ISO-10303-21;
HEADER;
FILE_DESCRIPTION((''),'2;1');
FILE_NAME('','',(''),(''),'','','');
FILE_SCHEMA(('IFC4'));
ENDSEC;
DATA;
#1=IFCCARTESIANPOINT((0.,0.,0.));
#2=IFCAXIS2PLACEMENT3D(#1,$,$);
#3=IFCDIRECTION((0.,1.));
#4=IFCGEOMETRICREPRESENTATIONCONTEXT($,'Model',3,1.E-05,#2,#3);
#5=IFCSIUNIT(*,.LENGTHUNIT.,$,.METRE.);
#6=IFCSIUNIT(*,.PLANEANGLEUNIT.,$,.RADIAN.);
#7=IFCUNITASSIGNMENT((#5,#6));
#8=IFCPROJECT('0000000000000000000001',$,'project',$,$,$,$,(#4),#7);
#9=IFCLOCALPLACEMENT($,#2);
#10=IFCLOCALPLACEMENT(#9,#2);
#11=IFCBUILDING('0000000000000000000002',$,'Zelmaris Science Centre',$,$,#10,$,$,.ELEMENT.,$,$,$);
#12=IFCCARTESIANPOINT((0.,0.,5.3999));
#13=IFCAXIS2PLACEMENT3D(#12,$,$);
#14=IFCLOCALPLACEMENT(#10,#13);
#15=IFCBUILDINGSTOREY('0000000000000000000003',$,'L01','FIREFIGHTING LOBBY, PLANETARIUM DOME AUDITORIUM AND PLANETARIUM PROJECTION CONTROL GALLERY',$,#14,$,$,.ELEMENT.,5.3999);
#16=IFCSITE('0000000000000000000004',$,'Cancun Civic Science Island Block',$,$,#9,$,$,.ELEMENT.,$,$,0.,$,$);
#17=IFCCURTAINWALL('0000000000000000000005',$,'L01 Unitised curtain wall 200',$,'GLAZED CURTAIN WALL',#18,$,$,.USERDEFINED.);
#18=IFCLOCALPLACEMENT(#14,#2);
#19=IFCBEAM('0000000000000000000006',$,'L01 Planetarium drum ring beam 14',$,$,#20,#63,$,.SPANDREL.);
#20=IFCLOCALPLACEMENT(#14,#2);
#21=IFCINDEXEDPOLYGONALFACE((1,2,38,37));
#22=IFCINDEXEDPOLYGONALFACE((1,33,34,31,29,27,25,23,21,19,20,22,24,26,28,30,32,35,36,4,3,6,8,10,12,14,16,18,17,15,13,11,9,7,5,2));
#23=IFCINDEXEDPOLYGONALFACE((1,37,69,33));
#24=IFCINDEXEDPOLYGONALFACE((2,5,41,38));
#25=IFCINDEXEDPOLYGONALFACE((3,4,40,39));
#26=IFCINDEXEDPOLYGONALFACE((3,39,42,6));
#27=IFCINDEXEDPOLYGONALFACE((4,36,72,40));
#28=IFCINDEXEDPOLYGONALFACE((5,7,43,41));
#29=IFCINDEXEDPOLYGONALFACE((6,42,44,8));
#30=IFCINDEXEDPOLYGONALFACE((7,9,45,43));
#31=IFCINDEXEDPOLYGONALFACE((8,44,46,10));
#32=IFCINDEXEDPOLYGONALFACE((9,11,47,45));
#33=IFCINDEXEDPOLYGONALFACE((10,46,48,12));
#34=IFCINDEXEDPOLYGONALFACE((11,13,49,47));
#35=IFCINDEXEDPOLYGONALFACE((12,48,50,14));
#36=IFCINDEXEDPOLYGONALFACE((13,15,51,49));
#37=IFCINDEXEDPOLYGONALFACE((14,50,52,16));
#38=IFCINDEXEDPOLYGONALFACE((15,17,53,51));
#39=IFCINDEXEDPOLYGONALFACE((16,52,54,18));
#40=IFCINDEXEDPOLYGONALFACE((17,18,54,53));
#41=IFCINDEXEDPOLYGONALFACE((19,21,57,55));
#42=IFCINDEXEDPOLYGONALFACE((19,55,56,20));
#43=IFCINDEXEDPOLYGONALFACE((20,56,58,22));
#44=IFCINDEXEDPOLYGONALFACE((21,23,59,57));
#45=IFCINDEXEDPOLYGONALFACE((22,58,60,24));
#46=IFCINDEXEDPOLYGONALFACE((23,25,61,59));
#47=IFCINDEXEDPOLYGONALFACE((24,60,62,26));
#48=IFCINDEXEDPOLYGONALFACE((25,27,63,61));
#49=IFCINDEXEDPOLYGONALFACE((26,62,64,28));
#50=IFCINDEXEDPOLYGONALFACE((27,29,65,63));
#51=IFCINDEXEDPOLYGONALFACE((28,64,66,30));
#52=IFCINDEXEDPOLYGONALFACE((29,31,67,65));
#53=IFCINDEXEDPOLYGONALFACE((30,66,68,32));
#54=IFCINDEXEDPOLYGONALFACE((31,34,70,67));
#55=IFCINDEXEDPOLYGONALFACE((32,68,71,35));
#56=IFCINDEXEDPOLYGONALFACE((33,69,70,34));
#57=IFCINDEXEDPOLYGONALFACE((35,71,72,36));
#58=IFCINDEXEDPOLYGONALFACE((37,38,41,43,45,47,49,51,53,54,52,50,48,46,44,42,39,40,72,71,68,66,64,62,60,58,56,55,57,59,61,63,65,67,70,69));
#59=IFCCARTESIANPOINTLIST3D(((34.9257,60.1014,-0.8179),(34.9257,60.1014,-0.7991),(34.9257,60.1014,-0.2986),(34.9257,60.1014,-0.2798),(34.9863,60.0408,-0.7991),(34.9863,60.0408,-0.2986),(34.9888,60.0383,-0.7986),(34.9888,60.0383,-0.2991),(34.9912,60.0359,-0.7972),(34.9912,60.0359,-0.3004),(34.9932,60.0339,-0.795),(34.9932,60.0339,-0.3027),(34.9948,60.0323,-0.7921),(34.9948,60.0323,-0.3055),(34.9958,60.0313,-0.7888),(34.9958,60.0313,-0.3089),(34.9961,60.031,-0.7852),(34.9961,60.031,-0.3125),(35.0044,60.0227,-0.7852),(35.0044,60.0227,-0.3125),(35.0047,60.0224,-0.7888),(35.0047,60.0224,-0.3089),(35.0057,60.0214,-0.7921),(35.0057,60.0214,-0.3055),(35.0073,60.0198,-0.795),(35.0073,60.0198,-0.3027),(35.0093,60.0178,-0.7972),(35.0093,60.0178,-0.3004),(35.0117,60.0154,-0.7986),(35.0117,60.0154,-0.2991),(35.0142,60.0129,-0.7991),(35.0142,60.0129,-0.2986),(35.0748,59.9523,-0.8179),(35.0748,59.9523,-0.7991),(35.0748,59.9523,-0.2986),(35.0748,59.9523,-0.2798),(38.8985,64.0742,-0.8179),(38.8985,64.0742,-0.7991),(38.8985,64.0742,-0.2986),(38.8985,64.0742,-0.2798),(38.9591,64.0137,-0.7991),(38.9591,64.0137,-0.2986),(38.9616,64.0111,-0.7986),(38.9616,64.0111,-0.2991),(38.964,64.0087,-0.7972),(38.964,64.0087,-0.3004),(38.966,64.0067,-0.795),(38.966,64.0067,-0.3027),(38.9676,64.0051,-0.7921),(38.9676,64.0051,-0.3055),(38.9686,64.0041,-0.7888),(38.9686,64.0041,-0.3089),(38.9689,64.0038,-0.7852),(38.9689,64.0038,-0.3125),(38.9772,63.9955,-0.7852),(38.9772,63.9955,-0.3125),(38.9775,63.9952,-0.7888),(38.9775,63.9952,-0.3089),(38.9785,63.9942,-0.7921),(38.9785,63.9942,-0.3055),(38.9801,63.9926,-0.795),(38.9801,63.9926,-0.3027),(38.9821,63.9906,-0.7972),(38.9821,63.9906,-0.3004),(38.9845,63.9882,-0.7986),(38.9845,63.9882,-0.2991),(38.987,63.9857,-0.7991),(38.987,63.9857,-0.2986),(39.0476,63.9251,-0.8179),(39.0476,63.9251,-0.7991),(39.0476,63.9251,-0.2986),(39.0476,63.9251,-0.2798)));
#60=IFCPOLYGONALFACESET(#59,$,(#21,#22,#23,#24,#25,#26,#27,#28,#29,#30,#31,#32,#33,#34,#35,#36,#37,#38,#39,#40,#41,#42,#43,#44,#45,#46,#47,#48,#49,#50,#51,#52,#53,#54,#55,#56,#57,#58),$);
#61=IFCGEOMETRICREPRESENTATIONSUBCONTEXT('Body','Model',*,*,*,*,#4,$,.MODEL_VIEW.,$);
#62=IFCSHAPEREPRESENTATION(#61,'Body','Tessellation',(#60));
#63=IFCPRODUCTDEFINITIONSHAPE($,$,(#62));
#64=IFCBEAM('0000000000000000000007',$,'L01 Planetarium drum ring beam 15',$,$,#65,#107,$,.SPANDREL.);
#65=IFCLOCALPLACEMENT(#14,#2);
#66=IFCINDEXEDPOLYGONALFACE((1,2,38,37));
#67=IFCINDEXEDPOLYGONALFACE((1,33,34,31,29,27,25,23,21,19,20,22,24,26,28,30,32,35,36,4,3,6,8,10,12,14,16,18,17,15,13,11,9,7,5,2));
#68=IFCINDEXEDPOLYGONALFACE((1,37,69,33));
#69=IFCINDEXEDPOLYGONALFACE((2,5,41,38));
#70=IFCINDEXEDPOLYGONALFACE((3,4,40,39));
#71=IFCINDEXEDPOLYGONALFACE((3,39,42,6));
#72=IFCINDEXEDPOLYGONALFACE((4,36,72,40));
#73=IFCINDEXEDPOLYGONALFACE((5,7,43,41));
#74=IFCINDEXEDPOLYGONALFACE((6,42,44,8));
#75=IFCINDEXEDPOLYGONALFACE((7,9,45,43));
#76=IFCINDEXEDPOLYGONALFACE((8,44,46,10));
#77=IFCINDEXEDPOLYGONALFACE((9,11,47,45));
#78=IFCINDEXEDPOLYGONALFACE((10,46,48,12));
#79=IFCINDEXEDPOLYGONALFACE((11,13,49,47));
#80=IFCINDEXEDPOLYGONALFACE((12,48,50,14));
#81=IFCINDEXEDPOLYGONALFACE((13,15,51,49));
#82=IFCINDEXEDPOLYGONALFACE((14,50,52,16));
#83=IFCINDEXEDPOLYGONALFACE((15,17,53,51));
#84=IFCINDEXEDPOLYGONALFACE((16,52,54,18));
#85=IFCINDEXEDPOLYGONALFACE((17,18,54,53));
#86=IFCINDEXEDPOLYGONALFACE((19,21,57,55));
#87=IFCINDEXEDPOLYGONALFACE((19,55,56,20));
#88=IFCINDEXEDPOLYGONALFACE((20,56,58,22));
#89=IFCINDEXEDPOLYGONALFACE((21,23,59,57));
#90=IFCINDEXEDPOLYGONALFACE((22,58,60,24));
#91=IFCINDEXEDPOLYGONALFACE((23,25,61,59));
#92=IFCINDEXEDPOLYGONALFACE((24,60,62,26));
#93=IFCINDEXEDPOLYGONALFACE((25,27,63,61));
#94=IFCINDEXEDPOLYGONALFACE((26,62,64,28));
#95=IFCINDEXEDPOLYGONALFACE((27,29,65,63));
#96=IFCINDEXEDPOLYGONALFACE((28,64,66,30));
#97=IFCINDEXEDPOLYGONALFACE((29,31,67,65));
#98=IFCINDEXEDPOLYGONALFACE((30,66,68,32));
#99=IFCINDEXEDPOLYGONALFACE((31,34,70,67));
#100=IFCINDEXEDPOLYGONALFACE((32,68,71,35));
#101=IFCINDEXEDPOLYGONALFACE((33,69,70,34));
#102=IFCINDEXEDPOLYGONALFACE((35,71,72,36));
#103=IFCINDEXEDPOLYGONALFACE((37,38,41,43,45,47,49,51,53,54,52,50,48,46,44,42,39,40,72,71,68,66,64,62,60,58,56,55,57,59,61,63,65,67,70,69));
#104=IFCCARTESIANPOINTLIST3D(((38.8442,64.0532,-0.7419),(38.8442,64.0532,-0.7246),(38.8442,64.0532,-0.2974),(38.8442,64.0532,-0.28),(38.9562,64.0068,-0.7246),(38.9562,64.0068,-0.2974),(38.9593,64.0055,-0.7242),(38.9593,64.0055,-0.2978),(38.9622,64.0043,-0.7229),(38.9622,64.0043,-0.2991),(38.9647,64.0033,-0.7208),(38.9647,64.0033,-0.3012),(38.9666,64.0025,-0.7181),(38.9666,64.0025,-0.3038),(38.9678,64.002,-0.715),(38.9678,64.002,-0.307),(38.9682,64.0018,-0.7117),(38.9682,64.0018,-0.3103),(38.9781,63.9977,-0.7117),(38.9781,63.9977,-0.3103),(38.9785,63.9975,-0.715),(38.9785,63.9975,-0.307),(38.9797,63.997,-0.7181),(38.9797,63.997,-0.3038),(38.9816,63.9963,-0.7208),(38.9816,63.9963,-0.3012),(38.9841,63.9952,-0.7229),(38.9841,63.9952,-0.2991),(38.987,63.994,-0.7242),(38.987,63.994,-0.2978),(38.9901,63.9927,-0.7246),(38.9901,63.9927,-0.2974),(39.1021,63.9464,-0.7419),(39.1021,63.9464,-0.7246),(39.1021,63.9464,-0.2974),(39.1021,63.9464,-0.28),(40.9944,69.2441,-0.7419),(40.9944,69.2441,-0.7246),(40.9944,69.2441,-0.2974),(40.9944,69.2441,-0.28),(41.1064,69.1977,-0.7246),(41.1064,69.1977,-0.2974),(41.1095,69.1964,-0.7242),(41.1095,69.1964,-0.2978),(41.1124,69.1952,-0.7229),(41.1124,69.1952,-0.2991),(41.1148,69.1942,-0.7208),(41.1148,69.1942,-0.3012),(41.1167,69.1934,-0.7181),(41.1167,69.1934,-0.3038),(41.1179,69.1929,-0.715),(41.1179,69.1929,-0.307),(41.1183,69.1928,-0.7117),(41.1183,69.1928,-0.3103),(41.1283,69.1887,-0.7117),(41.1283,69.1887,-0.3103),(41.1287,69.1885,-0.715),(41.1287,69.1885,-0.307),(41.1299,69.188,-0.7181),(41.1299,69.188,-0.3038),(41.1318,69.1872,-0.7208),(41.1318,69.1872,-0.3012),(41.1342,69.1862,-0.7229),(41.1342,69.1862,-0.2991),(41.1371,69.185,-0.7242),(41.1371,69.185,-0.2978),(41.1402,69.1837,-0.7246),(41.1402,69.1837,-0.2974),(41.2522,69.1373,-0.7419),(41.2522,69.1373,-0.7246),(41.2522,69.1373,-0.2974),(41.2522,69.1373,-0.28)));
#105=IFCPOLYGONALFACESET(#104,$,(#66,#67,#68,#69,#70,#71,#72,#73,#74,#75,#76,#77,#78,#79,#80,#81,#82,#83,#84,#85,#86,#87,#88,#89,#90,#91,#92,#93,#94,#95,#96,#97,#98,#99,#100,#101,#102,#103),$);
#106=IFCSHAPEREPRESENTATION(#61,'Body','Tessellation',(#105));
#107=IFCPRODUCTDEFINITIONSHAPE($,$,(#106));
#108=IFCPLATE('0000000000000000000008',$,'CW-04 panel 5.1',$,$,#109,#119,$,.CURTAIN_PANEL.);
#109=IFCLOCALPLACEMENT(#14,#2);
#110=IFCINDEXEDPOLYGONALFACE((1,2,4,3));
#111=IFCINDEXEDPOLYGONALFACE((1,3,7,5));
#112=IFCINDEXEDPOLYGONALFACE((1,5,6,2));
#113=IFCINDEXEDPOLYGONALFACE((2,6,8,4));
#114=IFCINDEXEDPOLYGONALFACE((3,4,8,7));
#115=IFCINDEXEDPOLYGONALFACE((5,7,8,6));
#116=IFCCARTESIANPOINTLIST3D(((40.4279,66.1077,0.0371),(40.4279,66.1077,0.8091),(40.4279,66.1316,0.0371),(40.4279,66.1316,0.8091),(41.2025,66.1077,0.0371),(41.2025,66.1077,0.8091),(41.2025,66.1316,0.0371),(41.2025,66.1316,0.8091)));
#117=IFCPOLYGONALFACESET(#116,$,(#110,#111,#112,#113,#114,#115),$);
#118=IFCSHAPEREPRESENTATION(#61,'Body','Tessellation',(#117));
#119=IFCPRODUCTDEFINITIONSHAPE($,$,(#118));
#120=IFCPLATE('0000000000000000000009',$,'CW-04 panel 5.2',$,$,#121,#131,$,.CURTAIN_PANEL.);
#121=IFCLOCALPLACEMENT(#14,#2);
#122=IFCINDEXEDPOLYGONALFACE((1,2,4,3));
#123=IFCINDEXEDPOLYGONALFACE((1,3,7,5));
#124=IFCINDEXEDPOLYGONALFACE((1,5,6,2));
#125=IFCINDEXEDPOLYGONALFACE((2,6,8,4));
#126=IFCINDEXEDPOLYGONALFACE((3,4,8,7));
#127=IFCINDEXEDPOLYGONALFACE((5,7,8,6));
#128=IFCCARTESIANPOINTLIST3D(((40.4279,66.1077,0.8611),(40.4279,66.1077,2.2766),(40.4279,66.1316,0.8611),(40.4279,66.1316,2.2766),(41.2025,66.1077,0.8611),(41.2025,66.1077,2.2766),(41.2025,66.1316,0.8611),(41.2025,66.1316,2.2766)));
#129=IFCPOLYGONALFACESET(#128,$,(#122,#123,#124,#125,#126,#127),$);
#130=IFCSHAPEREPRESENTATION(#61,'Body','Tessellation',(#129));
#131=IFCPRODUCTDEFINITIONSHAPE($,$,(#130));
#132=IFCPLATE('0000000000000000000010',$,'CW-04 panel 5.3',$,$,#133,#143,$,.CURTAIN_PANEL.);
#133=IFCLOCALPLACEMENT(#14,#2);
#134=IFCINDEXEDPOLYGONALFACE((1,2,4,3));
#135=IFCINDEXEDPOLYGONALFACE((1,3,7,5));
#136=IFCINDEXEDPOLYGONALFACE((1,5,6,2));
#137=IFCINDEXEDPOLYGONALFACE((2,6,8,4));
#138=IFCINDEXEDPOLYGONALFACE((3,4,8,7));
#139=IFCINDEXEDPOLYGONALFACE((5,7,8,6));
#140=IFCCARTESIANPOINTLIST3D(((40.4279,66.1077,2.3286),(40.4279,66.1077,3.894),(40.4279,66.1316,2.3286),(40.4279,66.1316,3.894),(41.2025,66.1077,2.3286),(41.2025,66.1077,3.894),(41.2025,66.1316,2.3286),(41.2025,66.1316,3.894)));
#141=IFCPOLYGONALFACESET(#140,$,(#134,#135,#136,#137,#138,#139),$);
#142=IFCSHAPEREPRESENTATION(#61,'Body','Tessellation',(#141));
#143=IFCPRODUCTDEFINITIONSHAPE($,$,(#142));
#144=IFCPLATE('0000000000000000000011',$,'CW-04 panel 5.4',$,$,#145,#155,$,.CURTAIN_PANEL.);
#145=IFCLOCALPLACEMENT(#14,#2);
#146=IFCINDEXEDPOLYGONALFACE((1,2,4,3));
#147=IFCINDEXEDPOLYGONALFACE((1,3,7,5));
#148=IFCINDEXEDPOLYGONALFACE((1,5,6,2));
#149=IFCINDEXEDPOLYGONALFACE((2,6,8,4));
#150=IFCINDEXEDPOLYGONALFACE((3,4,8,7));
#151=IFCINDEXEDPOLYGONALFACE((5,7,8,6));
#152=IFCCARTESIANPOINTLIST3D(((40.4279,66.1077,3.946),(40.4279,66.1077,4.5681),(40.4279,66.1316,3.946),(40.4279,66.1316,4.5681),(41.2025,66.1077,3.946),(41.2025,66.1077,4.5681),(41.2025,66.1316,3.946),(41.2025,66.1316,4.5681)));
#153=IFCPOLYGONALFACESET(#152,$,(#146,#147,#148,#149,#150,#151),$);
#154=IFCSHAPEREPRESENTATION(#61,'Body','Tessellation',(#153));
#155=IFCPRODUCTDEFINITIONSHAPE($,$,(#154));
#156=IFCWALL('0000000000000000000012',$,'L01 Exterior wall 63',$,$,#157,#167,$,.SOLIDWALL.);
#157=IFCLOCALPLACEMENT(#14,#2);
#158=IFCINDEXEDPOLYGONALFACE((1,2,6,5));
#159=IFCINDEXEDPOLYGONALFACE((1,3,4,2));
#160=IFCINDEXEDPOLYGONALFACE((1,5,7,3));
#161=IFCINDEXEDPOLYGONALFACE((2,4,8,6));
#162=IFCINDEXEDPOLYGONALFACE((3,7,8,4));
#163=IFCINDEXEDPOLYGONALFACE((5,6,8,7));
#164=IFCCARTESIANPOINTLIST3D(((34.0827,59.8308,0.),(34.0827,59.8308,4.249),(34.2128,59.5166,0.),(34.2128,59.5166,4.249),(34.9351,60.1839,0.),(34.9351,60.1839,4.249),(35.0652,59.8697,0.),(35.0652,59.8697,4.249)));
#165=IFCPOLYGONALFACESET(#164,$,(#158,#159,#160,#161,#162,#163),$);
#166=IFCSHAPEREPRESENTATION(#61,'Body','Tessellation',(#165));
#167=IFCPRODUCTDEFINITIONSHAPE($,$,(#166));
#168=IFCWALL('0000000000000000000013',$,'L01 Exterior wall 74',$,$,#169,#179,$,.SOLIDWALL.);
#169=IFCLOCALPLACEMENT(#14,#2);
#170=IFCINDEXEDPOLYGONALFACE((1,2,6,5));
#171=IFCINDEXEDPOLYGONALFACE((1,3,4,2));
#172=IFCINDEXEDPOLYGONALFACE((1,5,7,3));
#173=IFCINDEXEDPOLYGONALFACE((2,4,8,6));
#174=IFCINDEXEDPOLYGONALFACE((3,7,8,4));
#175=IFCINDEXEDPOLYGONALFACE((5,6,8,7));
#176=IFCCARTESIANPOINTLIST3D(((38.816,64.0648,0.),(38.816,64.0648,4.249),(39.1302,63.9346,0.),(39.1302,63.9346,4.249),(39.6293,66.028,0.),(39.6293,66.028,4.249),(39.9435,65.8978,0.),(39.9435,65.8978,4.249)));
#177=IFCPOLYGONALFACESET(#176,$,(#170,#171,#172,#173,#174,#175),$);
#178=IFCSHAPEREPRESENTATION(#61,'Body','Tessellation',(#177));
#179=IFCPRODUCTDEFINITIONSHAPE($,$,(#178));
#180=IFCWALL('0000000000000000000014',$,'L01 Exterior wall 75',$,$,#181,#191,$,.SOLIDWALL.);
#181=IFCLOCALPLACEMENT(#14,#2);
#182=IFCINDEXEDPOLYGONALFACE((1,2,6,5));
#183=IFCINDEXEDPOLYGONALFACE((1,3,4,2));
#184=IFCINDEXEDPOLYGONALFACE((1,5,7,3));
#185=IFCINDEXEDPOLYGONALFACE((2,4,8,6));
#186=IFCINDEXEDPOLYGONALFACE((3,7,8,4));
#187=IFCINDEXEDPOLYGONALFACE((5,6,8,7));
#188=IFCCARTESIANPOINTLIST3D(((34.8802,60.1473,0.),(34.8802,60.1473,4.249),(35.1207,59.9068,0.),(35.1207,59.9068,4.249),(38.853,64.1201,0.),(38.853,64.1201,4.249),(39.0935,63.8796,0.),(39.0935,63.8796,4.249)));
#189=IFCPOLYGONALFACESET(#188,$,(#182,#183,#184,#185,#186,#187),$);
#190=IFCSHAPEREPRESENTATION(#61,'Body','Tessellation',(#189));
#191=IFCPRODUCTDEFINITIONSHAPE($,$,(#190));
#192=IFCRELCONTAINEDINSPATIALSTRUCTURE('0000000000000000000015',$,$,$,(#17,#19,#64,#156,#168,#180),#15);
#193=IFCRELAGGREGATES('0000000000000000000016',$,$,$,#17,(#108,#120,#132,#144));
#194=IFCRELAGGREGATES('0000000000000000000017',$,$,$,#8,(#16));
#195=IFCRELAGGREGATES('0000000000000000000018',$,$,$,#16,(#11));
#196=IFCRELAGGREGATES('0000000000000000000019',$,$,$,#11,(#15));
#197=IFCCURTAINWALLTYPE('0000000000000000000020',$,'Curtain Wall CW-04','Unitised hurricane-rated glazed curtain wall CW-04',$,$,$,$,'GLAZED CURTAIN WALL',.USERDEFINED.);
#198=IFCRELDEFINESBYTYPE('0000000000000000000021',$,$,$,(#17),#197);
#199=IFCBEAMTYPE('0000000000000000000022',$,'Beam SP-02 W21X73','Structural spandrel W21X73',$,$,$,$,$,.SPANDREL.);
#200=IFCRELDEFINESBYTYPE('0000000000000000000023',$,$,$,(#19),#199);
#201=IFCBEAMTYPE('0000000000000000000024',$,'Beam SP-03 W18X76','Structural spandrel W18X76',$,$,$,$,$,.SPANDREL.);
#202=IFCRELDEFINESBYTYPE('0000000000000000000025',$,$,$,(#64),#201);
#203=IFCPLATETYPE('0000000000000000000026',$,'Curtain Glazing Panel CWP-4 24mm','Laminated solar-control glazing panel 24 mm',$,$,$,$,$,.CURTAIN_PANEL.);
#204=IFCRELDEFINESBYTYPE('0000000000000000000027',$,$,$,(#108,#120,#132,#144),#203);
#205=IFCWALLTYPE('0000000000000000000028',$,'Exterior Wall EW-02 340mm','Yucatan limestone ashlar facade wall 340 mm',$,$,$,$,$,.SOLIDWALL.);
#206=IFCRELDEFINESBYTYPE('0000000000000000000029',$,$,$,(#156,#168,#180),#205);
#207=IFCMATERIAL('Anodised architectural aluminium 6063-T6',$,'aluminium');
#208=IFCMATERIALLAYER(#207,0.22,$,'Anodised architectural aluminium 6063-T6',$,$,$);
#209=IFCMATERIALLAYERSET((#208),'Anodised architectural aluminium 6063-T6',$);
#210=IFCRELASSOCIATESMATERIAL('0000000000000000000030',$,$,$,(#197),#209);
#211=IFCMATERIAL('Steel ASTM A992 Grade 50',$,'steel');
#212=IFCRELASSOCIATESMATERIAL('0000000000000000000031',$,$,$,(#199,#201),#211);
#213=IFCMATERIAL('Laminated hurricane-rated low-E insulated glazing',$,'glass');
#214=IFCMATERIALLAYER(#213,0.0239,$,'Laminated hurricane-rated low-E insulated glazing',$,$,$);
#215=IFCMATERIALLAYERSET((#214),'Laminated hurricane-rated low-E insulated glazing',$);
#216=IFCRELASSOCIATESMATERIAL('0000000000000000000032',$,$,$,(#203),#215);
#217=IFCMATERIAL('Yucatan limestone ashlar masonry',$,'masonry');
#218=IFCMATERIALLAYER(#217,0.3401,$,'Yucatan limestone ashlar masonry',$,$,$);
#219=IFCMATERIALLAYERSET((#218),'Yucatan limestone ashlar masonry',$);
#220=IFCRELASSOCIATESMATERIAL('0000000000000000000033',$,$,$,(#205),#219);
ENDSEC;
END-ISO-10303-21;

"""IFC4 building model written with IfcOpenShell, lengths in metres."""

from ifc_helpers import new_model, si_unit, direction, frame, frame_2d, origin, origin_2d, place, context, subcontext, project, spatial, rectangle, i_section, extrude, material, layer, layer_set, material_profile, profile_set, type_object, element, aggregate, save


model = new_model("IFC4")

# Units and contexts
model_context = context("Model", 3, precision=1e-05, world=origin(), true_north=direction((0.0, 1.0)))
body_context = subcontext(model_context, "Body", "Model", "MODEL_VIEW")
ifc_project = project(units=[si_unit("LENGTHUNIT", "METRE"), si_unit("PLANEANGLEUNIT", "RADIAN")], contexts=[model_context])

# Site, building, storey
site_placement = place(None, origin())
site = spatial("IfcSite", under=ifc_project, at=site_placement, Name="Cancun Civic Science Island Block", CompositionType="ELEMENT", RefElevation=0.0)
building_placement = place(site_placement, origin())
building = spatial("IfcBuilding", under=site, at=building_placement, Name="Zelmaris Science Centre", CompositionType="ELEMENT")
storey_placement = place(building_placement, frame((0.0, 0.0, 5.3999)))
storey = spatial("IfcBuildingStorey", under=building, at=storey_placement, Name="L01", Description="FIREFIGHTING LOBBY, PLANETARIUM DOME AUDITORIUM AND PLANETARIUM PROJECTION CONTROL GALLERY", CompositionType="ELEMENT", Elevation=5.3999)

# Shared definitions
ifc_material_1 = material(Name="Steel ASTM A992 Grade 50", Category="steel")

# Curtain wall
ifc_material_2 = material(Name="Anodised architectural aluminium 6063-T6", Category="aluminium")
ifc_layer_1 = layer(ifc_material_2, 0.22, Name="Anodised architectural aluminium 6063-T6")
ifc_layer_set_1 = layer_set([ifc_layer_1], Name="Anodised architectural aluminium 6063-T6")
curtain_wall_type = type_object("IfcCurtainWallType", Name="Curtain Wall CW-04", Description="Unitised hurricane-rated glazed curtain wall CW-04", ElementType="GLAZED CURTAIN WALL", PredefinedType="USERDEFINED", material=ifc_layer_set_1)
curtain_wall_placement = place(storey_placement, origin())
curtain_wall = element("IfcCurtainWall", 1, at=curtain_wall_placement, inside=storey, type_object=curtain_wall_type, Name="L01 Unitised curtain wall 200", ObjectType="GLAZED CURTAIN WALL", PredefinedType="USERDEFINED")

# Beams
ifc_material_profile_1 = material_profile(ifc_material_1, i_section(OverallWidth=0.2109, OverallDepth=0.5381, WebThickness=0.0117, FlangeThickness=0.0188, FilletRadius=0.0139, at=origin_2d()), Name="W21X73")
ifc_profile_set_1 = profile_set([ifc_material_profile_1], Name="Steel ASTM A992 Grade 50")
beam_type_1 = type_object("IfcBeamType", Name="Beam SP-02 W21X73", Description="Structural spandrel W21X73", PredefinedType="SPANDREL", material=ifc_profile_set_1)
beam_1_placement = place(storey_placement, frame((35.0002, 60.0269, -0.5488), z_axis=(0.707107, 0.707107, 0.0), x_axis=(-0.707107, 0.707107, 0.0)))
element("IfcBeam", 2, at=beam_1_placement, inside=storey, type_object=beam_type_1, Name="L01 Planetarium drum ring beam 14", PredefinedType="SPANDREL", context=body_context, shape_type="SweptSolid", body=[
    extrude(i_section(OverallWidth=0.2109, OverallDepth=0.5381, WebThickness=0.0117, FlangeThickness=0.0188, FilletRadius=0.0139, at=origin_2d()), origin(), (0.0, 0.0, 1.0), 5.6184),
])
ifc_material_profile_2 = material_profile(ifc_material_1, i_section(OverallWidth=0.2791, OverallDepth=0.4619, WebThickness=0.0107, FlangeThickness=0.0173, FilletRadius=0.0129, at=origin_2d()), Name="W18X76")
ifc_profile_set_2 = profile_set([ifc_material_profile_2], Name="Steel ASTM A992 Grade 50")
beam_type_2 = type_object("IfcBeamType", Name="Beam SP-03 W18X76", Description="Structural spandrel W18X76", PredefinedType="SPANDREL", material=ifc_profile_set_2)
beam_2_placement = place(storey_placement, frame((38.9731, 63.9998, -0.511), z_axis=(0.382683, 0.92388, 0.0), x_axis=(-0.92388, 0.382683, 0.0)))
element("IfcBeam", 3, at=beam_2_placement, inside=storey, type_object=beam_type_2, Name="L01 Planetarium drum ring beam 15", PredefinedType="SPANDREL", context=body_context, shape_type="SweptSolid", body=[
    extrude(i_section(OverallWidth=0.2791, OverallDepth=0.4619, WebThickness=0.0107, FlangeThickness=0.0173, FilletRadius=0.0129, at=origin_2d()), origin(), (0.0, 0.0, 1.0), 5.6187),
])

# Plates
ifc_material_3 = material(Name="Laminated hurricane-rated low-E insulated glazing", Category="glass")
ifc_layer_2 = layer(ifc_material_3, 0.0239, Name="Laminated hurricane-rated low-E insulated glazing")
ifc_layer_set_2 = layer_set([ifc_layer_2], Name="Laminated hurricane-rated low-E insulated glazing")
plate_type = type_object("IfcPlateType", Name="Curtain Glazing Panel CWP-4 24mm", Description="Laminated solar-control glazing panel 24 mm", PredefinedType="CURTAIN_PANEL", material=ifc_layer_set_2)
plate_1_placement = place(storey_placement, frame((40.8152, 66.1196, 0.0371), z_axis=(0.0, 0.0, 1.0), x_axis=(-1.0, 0.0, 0.0)))
plate_1 = element("IfcPlate", 4, at=plate_1_placement, type_object=plate_type, Name="CW-04 panel 5.1", PredefinedType="CURTAIN_PANEL", context=body_context, shape_type="SweptSolid", body=[
    extrude(rectangle(XDim=0.7747, YDim=0.0239, at=origin_2d()), origin(), (0.0, 0.0, 1.0), 0.772),
])
plate_2_placement = place(storey_placement, frame((40.8152, 66.1196, 0.8611), z_axis=(0.0, 0.0, 1.0), x_axis=(-1.0, 0.0, 0.0)))
plate_2 = element("IfcPlate", 5, at=plate_2_placement, type_object=plate_type, Name="CW-04 panel 5.2", PredefinedType="CURTAIN_PANEL", context=body_context, shape_type="SweptSolid", body=[
    extrude(rectangle(XDim=0.7747, YDim=0.0239, at=origin_2d()), origin(), (0.0, 0.0, 1.0), 1.4155),
])
plate_3_placement = place(storey_placement, frame((40.8152, 66.1196, 2.3286), z_axis=(0.0, 0.0, 1.0), x_axis=(-1.0, 0.0, 0.0)))
plate_3 = element("IfcPlate", 6, at=plate_3_placement, type_object=plate_type, Name="CW-04 panel 5.3", PredefinedType="CURTAIN_PANEL", context=body_context, shape_type="SweptSolid", body=[
    extrude(rectangle(XDim=0.7747, YDim=0.0239, at=origin_2d()), origin(), (0.0, 0.0, 1.0), 1.5654),
])
plate_4_placement = place(storey_placement, frame((40.8152, 66.1196, 3.946), z_axis=(0.0, 0.0, 1.0), x_axis=(-1.0, 0.0, 0.0)))
plate_4 = element("IfcPlate", 7, at=plate_4_placement, type_object=plate_type, Name="CW-04 panel 5.4", PredefinedType="CURTAIN_PANEL", context=body_context, shape_type="SweptSolid", body=[
    extrude(rectangle(XDim=0.7747, YDim=0.0239, at=origin_2d()), origin(), (0.0, 0.0, 1.0), 0.6221),
])
aggregate(curtain_wall, [plate_1, plate_2, plate_3, plate_4])

# Walls
ifc_material_4 = material(Name="Yucatan limestone ashlar masonry", Category="masonry")
ifc_layer_3 = layer(ifc_material_4, 0.3401, Name="Yucatan limestone ashlar masonry")
ifc_layer_set_3 = layer_set([ifc_layer_3], Name="Yucatan limestone ashlar masonry")
wall_type_1 = type_object("IfcWallType", Name="Exterior Wall EW-02 340mm", Description="Yucatan limestone ashlar facade wall 340 mm", PredefinedType="SOLIDWALL", material=ifc_layer_set_3)
wall_1_placement = place(storey_placement, frame((35.0002, 60.0269, 0.0), z_axis=(0.0, 0.0, 1.0), x_axis=(-0.923881, -0.382679, 0.0)))
element("IfcWall", 8, at=wall_1_placement, inside=storey, type_object=wall_type_1, Name="L01 Exterior wall 63", PredefinedType="SOLIDWALL", context=body_context, shape_type="SweptSolid", body=[
    extrude(rectangle(XDim=0.9226, YDim=0.3401, at=frame_2d((0.4614, 0.0))), origin(), (0.0, 0.0, 1.0), 4.249),
])
wall_2_placement = place(storey_placement, frame((39.7864, 65.9629, 0.0), z_axis=(0.0, 0.0, 1.0), x_axis=(-0.382714, -0.923867, 0.0)))
element("IfcWall", 9, at=wall_2_placement, inside=storey, type_object=wall_type_1, Name="L01 Exterior wall 74", PredefinedType="SOLIDWALL", context=body_context, shape_type="SweptSolid", body=[
    extrude(rectangle(XDim=2.125, YDim=0.3401, at=frame_2d((1.0625, 0.0))), origin(), (0.0, 0.0, 1.0), 4.249),
])
wall_3_placement = place(storey_placement, frame((38.9731, 63.9998, 0.0), z_axis=(0.0, 0.0, 1.0), x_axis=(-0.707107, -0.707107, 0.0)))
element("IfcWall", 10, at=wall_3_placement, inside=storey, type_object=wall_type_1, Name="L01 Exterior wall 75", PredefinedType="SOLIDWALL", context=body_context, shape_type="SweptSolid", body=[
    extrude(rectangle(XDim=5.6184, YDim=0.3401, at=frame_2d((2.8091, 0.0))), origin(), (0.0, 0.0, 1.0), 4.249),
])

save(model, "model.ifc")
